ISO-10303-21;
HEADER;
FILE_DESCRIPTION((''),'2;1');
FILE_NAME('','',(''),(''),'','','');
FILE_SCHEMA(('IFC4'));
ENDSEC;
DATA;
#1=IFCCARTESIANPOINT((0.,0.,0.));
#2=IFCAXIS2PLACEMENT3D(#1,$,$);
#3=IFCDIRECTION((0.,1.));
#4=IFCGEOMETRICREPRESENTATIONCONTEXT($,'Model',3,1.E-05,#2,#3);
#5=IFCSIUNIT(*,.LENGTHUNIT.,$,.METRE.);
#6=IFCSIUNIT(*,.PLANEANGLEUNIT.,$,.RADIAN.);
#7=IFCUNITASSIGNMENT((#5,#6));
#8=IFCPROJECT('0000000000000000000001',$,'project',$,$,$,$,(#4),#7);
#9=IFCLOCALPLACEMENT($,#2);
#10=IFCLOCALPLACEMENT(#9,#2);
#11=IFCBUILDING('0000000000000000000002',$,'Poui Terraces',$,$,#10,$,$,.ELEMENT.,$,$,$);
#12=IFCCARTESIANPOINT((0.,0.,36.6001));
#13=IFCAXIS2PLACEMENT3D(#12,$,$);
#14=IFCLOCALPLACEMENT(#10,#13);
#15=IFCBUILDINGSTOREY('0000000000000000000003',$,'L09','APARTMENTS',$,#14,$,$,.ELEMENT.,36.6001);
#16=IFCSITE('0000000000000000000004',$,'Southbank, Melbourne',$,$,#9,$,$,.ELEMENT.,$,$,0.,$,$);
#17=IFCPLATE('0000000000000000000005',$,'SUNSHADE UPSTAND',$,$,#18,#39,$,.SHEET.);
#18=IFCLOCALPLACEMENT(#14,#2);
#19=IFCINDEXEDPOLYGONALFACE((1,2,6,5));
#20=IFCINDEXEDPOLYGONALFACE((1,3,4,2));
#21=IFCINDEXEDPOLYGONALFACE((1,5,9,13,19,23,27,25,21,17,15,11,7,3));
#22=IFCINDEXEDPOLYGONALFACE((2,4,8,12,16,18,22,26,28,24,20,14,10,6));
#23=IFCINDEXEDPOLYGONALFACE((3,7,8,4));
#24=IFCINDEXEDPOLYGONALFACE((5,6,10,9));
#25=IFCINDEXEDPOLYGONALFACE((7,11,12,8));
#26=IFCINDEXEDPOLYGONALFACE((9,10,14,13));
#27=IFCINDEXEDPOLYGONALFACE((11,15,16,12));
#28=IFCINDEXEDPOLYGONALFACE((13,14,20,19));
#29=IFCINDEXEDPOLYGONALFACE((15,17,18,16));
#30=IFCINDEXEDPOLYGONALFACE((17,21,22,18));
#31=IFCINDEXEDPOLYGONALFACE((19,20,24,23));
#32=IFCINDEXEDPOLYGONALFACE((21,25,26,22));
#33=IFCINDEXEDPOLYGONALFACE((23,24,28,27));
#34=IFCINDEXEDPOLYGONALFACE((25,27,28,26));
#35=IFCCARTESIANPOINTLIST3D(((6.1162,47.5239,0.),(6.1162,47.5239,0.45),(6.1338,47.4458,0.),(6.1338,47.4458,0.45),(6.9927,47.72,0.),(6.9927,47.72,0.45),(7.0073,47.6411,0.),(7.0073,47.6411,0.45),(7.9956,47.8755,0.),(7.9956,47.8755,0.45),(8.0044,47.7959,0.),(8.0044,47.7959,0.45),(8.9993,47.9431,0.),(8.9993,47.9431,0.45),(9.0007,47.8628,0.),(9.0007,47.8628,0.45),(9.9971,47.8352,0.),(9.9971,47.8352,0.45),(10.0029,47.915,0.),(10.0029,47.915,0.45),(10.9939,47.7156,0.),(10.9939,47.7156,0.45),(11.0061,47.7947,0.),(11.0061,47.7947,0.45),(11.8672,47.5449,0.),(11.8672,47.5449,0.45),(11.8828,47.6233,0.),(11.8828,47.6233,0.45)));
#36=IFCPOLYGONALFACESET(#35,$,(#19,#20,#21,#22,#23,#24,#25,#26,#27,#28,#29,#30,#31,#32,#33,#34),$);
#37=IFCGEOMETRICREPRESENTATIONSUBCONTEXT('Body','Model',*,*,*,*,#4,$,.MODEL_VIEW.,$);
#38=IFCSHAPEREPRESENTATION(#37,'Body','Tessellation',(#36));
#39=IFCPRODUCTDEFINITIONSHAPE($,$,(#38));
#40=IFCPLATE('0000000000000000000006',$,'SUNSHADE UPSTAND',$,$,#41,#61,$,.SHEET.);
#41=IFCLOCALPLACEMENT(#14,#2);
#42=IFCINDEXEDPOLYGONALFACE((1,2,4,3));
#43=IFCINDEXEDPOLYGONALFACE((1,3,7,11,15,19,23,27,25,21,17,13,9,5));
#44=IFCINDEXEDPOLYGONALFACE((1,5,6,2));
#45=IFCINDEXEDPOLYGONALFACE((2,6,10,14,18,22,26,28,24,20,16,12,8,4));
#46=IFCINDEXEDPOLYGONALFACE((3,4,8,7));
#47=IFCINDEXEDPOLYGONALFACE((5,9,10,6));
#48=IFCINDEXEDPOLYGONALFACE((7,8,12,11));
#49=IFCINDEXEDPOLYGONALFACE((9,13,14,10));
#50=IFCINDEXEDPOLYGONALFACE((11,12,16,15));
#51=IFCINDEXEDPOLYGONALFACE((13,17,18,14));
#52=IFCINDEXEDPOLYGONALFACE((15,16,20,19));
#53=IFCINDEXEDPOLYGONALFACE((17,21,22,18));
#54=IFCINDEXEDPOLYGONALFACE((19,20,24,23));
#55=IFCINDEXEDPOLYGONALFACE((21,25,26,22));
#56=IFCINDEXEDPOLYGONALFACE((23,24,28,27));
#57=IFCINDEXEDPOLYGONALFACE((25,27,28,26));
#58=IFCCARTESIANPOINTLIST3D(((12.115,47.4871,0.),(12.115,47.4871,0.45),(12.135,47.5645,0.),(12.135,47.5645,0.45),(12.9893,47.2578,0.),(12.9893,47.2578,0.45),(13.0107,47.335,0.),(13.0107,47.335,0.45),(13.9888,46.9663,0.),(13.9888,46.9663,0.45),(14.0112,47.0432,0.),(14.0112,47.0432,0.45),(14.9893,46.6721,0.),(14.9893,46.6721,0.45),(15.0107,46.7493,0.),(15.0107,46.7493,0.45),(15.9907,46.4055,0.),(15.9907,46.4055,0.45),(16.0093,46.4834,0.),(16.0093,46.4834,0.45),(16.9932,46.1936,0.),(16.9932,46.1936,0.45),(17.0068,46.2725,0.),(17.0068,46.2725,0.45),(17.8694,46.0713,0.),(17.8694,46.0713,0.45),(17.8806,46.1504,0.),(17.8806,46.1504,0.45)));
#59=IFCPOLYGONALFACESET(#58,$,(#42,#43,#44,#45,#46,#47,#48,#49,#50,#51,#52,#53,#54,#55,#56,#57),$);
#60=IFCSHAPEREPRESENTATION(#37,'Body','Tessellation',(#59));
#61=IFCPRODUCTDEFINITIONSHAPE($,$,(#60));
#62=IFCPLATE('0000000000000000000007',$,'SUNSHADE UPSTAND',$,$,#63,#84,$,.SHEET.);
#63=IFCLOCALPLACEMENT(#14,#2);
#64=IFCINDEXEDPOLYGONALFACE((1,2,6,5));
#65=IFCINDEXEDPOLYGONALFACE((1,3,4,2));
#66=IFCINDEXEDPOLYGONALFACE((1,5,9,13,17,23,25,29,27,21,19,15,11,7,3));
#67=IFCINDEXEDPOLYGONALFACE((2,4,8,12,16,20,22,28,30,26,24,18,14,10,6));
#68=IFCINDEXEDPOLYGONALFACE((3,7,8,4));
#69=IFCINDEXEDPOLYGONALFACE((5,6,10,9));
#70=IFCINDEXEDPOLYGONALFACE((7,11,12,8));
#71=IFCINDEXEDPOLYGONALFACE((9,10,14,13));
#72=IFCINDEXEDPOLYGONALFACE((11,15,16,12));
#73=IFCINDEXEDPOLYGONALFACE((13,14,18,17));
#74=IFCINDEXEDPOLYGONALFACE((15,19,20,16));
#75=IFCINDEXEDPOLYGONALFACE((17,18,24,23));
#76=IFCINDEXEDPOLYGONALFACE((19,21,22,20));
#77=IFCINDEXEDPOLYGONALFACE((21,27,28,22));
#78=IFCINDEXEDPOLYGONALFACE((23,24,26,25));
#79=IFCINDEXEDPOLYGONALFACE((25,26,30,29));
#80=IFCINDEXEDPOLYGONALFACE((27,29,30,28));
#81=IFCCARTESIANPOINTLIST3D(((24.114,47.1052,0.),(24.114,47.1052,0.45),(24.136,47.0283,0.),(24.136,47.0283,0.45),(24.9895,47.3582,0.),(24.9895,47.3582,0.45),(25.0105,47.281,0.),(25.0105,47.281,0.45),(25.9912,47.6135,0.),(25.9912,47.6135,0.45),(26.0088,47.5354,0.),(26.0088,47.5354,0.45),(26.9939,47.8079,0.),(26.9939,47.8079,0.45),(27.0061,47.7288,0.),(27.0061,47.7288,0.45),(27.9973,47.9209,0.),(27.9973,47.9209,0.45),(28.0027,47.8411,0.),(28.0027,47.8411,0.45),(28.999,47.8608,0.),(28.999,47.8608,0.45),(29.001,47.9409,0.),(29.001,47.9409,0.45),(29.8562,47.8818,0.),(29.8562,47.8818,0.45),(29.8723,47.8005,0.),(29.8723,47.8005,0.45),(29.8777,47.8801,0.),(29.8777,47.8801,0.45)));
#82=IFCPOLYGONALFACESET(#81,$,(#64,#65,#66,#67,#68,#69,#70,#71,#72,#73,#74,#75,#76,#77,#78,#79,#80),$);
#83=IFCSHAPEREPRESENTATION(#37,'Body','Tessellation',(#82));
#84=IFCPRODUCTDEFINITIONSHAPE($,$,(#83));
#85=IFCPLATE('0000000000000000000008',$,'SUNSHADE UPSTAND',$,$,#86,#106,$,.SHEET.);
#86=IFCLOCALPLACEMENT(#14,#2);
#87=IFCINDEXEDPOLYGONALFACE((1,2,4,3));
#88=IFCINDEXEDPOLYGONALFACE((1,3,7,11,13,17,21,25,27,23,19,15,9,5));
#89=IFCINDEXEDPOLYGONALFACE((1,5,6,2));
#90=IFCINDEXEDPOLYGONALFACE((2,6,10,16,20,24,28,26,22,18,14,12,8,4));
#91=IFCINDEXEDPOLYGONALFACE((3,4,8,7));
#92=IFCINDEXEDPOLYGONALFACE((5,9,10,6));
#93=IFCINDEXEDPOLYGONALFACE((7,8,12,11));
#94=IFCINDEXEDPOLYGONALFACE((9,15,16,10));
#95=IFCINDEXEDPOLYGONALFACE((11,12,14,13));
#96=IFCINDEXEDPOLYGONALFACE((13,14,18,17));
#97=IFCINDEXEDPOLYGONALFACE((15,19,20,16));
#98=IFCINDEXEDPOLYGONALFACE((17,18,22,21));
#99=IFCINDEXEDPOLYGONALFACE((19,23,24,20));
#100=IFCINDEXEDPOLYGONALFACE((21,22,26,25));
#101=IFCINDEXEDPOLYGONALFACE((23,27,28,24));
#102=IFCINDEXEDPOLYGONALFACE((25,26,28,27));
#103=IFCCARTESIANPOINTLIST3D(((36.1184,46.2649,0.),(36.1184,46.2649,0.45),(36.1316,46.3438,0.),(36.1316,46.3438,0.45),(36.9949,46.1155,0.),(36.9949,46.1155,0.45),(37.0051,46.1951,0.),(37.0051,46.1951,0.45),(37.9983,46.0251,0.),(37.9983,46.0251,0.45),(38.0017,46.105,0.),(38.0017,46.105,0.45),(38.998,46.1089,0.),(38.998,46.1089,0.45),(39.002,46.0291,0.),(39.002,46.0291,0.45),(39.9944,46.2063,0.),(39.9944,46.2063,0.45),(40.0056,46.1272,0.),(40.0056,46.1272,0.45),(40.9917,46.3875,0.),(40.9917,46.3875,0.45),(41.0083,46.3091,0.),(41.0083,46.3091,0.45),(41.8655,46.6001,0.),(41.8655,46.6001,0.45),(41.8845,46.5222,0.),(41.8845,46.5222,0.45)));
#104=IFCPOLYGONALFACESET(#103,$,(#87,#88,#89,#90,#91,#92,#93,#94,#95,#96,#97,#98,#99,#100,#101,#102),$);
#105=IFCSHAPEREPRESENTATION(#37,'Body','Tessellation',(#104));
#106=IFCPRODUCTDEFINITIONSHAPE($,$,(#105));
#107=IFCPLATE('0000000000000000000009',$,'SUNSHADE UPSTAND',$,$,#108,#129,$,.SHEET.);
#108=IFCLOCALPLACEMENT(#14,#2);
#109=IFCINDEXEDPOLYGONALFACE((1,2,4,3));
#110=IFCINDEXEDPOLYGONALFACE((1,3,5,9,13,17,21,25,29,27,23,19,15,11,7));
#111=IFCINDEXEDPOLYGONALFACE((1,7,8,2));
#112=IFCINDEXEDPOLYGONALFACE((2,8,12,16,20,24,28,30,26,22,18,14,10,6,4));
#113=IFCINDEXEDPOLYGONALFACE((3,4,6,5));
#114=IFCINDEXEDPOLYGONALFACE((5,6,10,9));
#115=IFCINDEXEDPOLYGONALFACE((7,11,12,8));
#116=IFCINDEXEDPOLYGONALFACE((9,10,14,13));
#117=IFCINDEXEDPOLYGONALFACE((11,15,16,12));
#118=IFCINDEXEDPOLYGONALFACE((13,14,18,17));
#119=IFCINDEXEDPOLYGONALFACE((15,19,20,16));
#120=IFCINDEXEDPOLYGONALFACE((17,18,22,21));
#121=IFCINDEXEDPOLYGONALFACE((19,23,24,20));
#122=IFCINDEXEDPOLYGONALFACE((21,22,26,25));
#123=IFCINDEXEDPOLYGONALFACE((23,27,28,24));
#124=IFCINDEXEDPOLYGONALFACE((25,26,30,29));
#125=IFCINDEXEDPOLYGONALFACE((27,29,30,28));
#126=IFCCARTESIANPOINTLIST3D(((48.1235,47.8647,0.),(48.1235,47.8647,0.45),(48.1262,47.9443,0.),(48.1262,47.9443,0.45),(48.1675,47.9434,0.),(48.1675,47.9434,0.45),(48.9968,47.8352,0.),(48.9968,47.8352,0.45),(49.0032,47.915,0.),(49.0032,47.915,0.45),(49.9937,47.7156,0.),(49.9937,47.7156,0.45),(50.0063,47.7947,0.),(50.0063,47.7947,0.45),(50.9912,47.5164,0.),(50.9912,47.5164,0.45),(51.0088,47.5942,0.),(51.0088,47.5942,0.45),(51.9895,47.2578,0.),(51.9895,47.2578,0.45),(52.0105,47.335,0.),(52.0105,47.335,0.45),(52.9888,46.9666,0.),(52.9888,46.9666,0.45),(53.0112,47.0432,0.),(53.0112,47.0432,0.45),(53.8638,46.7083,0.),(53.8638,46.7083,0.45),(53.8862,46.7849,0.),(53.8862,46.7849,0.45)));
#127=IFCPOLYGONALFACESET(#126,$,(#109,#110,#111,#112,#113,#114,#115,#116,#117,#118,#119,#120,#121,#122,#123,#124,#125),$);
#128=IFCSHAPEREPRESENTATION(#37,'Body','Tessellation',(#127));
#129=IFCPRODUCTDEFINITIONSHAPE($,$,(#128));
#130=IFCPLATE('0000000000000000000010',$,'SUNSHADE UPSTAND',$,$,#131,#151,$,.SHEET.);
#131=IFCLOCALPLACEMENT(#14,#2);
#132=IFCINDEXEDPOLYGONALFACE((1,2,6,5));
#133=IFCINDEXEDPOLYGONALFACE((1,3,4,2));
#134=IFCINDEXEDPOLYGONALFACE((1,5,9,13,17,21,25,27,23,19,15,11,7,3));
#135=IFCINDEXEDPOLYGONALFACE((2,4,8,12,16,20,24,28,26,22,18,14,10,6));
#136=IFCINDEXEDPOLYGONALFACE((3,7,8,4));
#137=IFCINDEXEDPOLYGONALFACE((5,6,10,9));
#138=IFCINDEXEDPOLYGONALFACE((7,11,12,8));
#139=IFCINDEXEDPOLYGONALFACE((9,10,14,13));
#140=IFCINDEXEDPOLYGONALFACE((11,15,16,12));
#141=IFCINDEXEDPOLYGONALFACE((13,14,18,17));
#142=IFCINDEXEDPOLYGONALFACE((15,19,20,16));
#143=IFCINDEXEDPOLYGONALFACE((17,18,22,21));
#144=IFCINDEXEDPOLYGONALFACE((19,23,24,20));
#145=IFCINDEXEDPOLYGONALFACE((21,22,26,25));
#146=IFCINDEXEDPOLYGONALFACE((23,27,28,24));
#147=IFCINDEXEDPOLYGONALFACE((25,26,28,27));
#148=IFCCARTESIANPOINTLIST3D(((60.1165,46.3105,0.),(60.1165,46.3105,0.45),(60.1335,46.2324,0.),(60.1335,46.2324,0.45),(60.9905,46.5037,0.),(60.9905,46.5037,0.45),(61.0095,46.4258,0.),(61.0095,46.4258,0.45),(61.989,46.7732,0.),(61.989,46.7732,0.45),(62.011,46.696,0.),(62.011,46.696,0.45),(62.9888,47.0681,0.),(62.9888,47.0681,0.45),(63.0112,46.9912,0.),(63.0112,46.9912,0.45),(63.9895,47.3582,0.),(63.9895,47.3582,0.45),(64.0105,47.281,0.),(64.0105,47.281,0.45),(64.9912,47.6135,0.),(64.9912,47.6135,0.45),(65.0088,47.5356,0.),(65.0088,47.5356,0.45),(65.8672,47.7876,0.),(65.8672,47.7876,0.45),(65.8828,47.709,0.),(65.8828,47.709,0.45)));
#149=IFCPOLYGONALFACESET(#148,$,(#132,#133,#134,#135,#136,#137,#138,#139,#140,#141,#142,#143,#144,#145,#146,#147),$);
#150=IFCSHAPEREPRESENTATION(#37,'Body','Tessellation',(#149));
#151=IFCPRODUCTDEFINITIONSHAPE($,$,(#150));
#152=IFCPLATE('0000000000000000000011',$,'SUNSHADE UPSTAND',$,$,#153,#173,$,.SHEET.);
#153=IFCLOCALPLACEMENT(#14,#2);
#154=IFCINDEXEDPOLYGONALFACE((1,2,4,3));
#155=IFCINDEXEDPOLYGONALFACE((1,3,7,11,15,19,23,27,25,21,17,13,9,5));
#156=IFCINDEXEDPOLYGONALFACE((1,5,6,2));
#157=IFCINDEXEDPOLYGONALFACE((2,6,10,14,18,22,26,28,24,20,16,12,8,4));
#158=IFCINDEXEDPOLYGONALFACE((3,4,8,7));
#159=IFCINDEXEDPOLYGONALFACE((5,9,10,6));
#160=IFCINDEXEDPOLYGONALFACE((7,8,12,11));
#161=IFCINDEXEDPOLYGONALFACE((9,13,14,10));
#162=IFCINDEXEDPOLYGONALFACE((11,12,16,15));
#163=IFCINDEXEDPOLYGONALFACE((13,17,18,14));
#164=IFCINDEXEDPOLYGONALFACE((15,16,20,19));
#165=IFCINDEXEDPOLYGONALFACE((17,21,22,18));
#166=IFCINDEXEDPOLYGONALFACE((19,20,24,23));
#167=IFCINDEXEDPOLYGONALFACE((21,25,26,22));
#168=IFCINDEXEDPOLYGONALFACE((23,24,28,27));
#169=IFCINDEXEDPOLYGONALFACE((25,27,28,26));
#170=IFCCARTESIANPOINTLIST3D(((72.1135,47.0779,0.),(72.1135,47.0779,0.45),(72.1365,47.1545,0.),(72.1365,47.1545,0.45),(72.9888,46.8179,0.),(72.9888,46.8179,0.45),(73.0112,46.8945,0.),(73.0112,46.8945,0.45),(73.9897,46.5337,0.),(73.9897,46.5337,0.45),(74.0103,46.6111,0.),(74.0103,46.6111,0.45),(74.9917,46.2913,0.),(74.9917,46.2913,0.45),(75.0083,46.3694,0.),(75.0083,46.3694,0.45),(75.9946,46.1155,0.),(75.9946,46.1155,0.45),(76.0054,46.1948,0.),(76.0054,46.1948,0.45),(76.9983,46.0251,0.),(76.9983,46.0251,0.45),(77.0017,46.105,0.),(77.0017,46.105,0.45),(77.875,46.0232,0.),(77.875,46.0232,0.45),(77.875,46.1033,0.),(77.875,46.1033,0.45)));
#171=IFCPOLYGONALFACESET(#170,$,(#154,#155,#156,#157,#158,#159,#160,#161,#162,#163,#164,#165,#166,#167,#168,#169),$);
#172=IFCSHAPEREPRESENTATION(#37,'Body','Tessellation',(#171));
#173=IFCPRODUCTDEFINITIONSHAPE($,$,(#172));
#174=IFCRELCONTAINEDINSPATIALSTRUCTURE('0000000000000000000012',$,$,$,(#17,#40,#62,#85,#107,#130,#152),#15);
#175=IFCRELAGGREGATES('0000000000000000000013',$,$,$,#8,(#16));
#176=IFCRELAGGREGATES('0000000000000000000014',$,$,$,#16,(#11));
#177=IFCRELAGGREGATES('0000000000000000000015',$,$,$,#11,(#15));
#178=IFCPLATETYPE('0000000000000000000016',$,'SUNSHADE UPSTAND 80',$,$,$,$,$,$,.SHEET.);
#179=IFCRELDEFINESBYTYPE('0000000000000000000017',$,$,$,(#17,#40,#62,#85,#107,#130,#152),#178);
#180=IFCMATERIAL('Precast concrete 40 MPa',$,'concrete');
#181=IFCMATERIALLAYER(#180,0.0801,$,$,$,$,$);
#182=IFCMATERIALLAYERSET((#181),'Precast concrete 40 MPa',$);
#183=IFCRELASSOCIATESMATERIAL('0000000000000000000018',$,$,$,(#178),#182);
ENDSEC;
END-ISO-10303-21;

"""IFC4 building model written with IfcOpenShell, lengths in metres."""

from ifc_helpers import new_model, si_unit, direction, frame, origin, place, context, subcontext, project, spatial, polyline, outline, extrude, material, layer, layer_set, type_object, element, save


model = new_model("IFC4")

# Units and contexts
model_context = context("Model", 3, precision=1e-05, world=origin(), true_north=direction((0.0, 1.0)))
body_context = subcontext(model_context, "Body", "Model", "MODEL_VIEW")
ifc_project = project(units=[si_unit("LENGTHUNIT", "METRE"), si_unit("PLANEANGLEUNIT", "RADIAN")], contexts=[model_context])

# Site, building, storey
site_placement = place(None, origin())
site = spatial("IfcSite", under=ifc_project, at=site_placement, Name="Southbank, Melbourne", CompositionType="ELEMENT", RefElevation=0.0)
building_placement = place(site_placement, origin())
building = spatial("IfcBuilding", under=site, at=building_placement, Name="Poui Terraces", CompositionType="ELEMENT")
storey_placement = place(building_placement, frame((0.0, 0.0, 36.6001)))
storey = spatial("IfcBuildingStorey", under=building, at=storey_placement, Name="L09", Description="APARTMENTS", CompositionType="ELEMENT", Elevation=36.6001)

# Shared definitions
ifc_material_1 = material(Name="Precast concrete 40 MPa", Category="concrete")

# Plates
ifc_layer_1 = layer(ifc_material_1, 0.0801)
ifc_layer_set_1 = layer_set([ifc_layer_1], Name="Precast concrete 40 MPa")
plate_type = type_object("IfcPlateType", Name="SUNSHADE UPSTAND 80", PredefinedType="SHEET", material=ifc_layer_set_1)
plate_1_placement = place(storey_placement, origin())
element("IfcPlate", 1, at=plate_1_placement, inside=storey, type_object=plate_type, Name="SUNSHADE UPSTAND", PredefinedType="SHEET", context=body_context, shape_type="SweptSolid", body=[
    extrude(outline(polyline([(6.9927, 47.72), (6.1162, 47.5239), (6.1338, 47.4458), (7.0073, 47.6411), (8.0044, 47.7959), (9.0007, 47.8628), (9.9971, 47.8352), (10.9939, 47.7156), (11.8672, 47.5449), (11.8828, 47.6233), (11.0061, 47.7947), (10.0029, 47.915), (8.9993, 47.9431), (7.9956, 47.8755), (6.9927, 47.72)])), origin(), (0.0, 0.0, 1.0), 0.45),
])
plate_2_placement = place(storey_placement, origin())
element("IfcPlate", 2, at=plate_2_placement, inside=storey, type_object=plate_type, Name="SUNSHADE UPSTAND", PredefinedType="SHEET", context=body_context, shape_type="SweptSolid", body=[
    extrude(outline(polyline([(13.0107, 47.335), (12.135, 47.5645), (12.115, 47.4871), (12.9893, 47.2578), (13.9888, 46.9663), (14.9893, 46.6721), (15.9907, 46.4055), (16.9932, 46.1936), (17.8694, 46.0713), (17.8806, 46.1504), (17.0068, 46.2725), (16.0093, 46.4834), (15.0107, 46.7493), (14.0112, 47.0432), (13.0107, 47.335)])), origin(), (0.0, 0.0, 1.0), 0.45),
])
plate_3_placement = place(storey_placement, origin())
element("IfcPlate", 3, at=plate_3_placement, inside=storey, type_object=plate_type, Name="SUNSHADE UPSTAND", PredefinedType="SHEET", context=body_context, shape_type="SweptSolid", body=[
    extrude(outline(polyline([(24.9895, 47.3582), (24.114, 47.1052), (24.136, 47.0283), (25.0105, 47.281), (26.0088, 47.5354), (27.0061, 47.7288), (28.0027, 47.8411), (28.999, 47.8608), (29.8723, 47.8005), (29.8777, 47.8801), (29.8562, 47.8818), (29.001, 47.9409), (27.9973, 47.9209), (26.9939, 47.8079), (25.9912, 47.6135), (24.9895, 47.3582)])), origin(), (0.0, 0.0, 1.0), 0.45),
])
plate_4_placement = place(storey_placement, origin())
element("IfcPlate", 4, at=plate_4_placement, inside=storey, type_object=plate_type, Name="SUNSHADE UPSTAND", PredefinedType="SHEET", context=body_context, shape_type="SweptSolid", body=[
    extrude(outline(polyline([(37.0051, 46.1951), (36.1316, 46.3438), (36.1184, 46.2649), (36.9949, 46.1155), (37.9983, 46.0251), (39.002, 46.0291), (40.0056, 46.1272), (41.0083, 46.3091), (41.8845, 46.5222), (41.8655, 46.6001), (40.9917, 46.3875), (39.9944, 46.2063), (38.998, 46.1089), (38.0017, 46.105), (37.0051, 46.1951)])), origin(), (0.0, 0.0, 1.0), 0.45),
])
plate_5_placement = place(storey_placement, origin())
element("IfcPlate", 5, at=plate_5_placement, inside=storey, type_object=plate_type, Name="SUNSHADE UPSTAND", PredefinedType="SHEET", context=body_context, shape_type="SweptSolid", body=[
    extrude(outline(polyline([(49.0032, 47.915), (48.1675, 47.9434), (48.1262, 47.9443), (48.1235, 47.8647), (48.9968, 47.8352), (49.9937, 47.7156), (50.9912, 47.5164), (51.9895, 47.2578), (52.9888, 46.9666), (53.8638, 46.7083), (53.8862, 46.7849), (53.0112, 47.0432), (52.0105, 47.335), (51.0088, 47.5942), (50.0063, 47.7947), (49.0032, 47.915)])), origin(), (0.0, 0.0, 1.0), 0.45),
])
plate_6_placement = place(storey_placement, origin())
element("IfcPlate", 6, at=plate_6_placement, inside=storey, type_object=plate_type, Name="SUNSHADE UPSTAND", PredefinedType="SHEET", context=body_context, shape_type="SweptSolid", body=[
    extrude(outline(polyline([(60.9905, 46.5037), (60.1165, 46.3105), (60.1335, 46.2324), (61.0095, 46.4258), (62.011, 46.696), (63.0112, 46.9912), (64.0105, 47.281), (65.0088, 47.5356), (65.8828, 47.709), (65.8672, 47.7876), (64.9912, 47.6135), (63.9895, 47.3582), (62.9888, 47.0681), (61.989, 46.7732), (60.9905, 46.5037)])), origin(), (0.0, 0.0, 1.0), 0.45),
])
plate_7_placement = place(storey_placement, origin())
element("IfcPlate", 7, at=plate_7_placement, inside=storey, type_object=plate_type, Name="SUNSHADE UPSTAND", PredefinedType="SHEET", context=body_context, shape_type="SweptSolid", body=[
    extrude(outline(polyline([(73.0112, 46.8945), (72.1365, 47.1545), (72.1135, 47.0779), (72.9888, 46.8179), (73.9897, 46.5337), (74.9917, 46.2913), (75.9946, 46.1155), (76.9983, 46.0251), (77.875, 46.0232), (77.875, 46.1033), (77.0017, 46.105), (76.0054, 46.1948), (75.0083, 46.3694), (74.0103, 46.6111), (73.0112, 46.8945)])), origin(), (0.0, 0.0, 1.0), 0.45),
])

save(model, "model.ifc")
